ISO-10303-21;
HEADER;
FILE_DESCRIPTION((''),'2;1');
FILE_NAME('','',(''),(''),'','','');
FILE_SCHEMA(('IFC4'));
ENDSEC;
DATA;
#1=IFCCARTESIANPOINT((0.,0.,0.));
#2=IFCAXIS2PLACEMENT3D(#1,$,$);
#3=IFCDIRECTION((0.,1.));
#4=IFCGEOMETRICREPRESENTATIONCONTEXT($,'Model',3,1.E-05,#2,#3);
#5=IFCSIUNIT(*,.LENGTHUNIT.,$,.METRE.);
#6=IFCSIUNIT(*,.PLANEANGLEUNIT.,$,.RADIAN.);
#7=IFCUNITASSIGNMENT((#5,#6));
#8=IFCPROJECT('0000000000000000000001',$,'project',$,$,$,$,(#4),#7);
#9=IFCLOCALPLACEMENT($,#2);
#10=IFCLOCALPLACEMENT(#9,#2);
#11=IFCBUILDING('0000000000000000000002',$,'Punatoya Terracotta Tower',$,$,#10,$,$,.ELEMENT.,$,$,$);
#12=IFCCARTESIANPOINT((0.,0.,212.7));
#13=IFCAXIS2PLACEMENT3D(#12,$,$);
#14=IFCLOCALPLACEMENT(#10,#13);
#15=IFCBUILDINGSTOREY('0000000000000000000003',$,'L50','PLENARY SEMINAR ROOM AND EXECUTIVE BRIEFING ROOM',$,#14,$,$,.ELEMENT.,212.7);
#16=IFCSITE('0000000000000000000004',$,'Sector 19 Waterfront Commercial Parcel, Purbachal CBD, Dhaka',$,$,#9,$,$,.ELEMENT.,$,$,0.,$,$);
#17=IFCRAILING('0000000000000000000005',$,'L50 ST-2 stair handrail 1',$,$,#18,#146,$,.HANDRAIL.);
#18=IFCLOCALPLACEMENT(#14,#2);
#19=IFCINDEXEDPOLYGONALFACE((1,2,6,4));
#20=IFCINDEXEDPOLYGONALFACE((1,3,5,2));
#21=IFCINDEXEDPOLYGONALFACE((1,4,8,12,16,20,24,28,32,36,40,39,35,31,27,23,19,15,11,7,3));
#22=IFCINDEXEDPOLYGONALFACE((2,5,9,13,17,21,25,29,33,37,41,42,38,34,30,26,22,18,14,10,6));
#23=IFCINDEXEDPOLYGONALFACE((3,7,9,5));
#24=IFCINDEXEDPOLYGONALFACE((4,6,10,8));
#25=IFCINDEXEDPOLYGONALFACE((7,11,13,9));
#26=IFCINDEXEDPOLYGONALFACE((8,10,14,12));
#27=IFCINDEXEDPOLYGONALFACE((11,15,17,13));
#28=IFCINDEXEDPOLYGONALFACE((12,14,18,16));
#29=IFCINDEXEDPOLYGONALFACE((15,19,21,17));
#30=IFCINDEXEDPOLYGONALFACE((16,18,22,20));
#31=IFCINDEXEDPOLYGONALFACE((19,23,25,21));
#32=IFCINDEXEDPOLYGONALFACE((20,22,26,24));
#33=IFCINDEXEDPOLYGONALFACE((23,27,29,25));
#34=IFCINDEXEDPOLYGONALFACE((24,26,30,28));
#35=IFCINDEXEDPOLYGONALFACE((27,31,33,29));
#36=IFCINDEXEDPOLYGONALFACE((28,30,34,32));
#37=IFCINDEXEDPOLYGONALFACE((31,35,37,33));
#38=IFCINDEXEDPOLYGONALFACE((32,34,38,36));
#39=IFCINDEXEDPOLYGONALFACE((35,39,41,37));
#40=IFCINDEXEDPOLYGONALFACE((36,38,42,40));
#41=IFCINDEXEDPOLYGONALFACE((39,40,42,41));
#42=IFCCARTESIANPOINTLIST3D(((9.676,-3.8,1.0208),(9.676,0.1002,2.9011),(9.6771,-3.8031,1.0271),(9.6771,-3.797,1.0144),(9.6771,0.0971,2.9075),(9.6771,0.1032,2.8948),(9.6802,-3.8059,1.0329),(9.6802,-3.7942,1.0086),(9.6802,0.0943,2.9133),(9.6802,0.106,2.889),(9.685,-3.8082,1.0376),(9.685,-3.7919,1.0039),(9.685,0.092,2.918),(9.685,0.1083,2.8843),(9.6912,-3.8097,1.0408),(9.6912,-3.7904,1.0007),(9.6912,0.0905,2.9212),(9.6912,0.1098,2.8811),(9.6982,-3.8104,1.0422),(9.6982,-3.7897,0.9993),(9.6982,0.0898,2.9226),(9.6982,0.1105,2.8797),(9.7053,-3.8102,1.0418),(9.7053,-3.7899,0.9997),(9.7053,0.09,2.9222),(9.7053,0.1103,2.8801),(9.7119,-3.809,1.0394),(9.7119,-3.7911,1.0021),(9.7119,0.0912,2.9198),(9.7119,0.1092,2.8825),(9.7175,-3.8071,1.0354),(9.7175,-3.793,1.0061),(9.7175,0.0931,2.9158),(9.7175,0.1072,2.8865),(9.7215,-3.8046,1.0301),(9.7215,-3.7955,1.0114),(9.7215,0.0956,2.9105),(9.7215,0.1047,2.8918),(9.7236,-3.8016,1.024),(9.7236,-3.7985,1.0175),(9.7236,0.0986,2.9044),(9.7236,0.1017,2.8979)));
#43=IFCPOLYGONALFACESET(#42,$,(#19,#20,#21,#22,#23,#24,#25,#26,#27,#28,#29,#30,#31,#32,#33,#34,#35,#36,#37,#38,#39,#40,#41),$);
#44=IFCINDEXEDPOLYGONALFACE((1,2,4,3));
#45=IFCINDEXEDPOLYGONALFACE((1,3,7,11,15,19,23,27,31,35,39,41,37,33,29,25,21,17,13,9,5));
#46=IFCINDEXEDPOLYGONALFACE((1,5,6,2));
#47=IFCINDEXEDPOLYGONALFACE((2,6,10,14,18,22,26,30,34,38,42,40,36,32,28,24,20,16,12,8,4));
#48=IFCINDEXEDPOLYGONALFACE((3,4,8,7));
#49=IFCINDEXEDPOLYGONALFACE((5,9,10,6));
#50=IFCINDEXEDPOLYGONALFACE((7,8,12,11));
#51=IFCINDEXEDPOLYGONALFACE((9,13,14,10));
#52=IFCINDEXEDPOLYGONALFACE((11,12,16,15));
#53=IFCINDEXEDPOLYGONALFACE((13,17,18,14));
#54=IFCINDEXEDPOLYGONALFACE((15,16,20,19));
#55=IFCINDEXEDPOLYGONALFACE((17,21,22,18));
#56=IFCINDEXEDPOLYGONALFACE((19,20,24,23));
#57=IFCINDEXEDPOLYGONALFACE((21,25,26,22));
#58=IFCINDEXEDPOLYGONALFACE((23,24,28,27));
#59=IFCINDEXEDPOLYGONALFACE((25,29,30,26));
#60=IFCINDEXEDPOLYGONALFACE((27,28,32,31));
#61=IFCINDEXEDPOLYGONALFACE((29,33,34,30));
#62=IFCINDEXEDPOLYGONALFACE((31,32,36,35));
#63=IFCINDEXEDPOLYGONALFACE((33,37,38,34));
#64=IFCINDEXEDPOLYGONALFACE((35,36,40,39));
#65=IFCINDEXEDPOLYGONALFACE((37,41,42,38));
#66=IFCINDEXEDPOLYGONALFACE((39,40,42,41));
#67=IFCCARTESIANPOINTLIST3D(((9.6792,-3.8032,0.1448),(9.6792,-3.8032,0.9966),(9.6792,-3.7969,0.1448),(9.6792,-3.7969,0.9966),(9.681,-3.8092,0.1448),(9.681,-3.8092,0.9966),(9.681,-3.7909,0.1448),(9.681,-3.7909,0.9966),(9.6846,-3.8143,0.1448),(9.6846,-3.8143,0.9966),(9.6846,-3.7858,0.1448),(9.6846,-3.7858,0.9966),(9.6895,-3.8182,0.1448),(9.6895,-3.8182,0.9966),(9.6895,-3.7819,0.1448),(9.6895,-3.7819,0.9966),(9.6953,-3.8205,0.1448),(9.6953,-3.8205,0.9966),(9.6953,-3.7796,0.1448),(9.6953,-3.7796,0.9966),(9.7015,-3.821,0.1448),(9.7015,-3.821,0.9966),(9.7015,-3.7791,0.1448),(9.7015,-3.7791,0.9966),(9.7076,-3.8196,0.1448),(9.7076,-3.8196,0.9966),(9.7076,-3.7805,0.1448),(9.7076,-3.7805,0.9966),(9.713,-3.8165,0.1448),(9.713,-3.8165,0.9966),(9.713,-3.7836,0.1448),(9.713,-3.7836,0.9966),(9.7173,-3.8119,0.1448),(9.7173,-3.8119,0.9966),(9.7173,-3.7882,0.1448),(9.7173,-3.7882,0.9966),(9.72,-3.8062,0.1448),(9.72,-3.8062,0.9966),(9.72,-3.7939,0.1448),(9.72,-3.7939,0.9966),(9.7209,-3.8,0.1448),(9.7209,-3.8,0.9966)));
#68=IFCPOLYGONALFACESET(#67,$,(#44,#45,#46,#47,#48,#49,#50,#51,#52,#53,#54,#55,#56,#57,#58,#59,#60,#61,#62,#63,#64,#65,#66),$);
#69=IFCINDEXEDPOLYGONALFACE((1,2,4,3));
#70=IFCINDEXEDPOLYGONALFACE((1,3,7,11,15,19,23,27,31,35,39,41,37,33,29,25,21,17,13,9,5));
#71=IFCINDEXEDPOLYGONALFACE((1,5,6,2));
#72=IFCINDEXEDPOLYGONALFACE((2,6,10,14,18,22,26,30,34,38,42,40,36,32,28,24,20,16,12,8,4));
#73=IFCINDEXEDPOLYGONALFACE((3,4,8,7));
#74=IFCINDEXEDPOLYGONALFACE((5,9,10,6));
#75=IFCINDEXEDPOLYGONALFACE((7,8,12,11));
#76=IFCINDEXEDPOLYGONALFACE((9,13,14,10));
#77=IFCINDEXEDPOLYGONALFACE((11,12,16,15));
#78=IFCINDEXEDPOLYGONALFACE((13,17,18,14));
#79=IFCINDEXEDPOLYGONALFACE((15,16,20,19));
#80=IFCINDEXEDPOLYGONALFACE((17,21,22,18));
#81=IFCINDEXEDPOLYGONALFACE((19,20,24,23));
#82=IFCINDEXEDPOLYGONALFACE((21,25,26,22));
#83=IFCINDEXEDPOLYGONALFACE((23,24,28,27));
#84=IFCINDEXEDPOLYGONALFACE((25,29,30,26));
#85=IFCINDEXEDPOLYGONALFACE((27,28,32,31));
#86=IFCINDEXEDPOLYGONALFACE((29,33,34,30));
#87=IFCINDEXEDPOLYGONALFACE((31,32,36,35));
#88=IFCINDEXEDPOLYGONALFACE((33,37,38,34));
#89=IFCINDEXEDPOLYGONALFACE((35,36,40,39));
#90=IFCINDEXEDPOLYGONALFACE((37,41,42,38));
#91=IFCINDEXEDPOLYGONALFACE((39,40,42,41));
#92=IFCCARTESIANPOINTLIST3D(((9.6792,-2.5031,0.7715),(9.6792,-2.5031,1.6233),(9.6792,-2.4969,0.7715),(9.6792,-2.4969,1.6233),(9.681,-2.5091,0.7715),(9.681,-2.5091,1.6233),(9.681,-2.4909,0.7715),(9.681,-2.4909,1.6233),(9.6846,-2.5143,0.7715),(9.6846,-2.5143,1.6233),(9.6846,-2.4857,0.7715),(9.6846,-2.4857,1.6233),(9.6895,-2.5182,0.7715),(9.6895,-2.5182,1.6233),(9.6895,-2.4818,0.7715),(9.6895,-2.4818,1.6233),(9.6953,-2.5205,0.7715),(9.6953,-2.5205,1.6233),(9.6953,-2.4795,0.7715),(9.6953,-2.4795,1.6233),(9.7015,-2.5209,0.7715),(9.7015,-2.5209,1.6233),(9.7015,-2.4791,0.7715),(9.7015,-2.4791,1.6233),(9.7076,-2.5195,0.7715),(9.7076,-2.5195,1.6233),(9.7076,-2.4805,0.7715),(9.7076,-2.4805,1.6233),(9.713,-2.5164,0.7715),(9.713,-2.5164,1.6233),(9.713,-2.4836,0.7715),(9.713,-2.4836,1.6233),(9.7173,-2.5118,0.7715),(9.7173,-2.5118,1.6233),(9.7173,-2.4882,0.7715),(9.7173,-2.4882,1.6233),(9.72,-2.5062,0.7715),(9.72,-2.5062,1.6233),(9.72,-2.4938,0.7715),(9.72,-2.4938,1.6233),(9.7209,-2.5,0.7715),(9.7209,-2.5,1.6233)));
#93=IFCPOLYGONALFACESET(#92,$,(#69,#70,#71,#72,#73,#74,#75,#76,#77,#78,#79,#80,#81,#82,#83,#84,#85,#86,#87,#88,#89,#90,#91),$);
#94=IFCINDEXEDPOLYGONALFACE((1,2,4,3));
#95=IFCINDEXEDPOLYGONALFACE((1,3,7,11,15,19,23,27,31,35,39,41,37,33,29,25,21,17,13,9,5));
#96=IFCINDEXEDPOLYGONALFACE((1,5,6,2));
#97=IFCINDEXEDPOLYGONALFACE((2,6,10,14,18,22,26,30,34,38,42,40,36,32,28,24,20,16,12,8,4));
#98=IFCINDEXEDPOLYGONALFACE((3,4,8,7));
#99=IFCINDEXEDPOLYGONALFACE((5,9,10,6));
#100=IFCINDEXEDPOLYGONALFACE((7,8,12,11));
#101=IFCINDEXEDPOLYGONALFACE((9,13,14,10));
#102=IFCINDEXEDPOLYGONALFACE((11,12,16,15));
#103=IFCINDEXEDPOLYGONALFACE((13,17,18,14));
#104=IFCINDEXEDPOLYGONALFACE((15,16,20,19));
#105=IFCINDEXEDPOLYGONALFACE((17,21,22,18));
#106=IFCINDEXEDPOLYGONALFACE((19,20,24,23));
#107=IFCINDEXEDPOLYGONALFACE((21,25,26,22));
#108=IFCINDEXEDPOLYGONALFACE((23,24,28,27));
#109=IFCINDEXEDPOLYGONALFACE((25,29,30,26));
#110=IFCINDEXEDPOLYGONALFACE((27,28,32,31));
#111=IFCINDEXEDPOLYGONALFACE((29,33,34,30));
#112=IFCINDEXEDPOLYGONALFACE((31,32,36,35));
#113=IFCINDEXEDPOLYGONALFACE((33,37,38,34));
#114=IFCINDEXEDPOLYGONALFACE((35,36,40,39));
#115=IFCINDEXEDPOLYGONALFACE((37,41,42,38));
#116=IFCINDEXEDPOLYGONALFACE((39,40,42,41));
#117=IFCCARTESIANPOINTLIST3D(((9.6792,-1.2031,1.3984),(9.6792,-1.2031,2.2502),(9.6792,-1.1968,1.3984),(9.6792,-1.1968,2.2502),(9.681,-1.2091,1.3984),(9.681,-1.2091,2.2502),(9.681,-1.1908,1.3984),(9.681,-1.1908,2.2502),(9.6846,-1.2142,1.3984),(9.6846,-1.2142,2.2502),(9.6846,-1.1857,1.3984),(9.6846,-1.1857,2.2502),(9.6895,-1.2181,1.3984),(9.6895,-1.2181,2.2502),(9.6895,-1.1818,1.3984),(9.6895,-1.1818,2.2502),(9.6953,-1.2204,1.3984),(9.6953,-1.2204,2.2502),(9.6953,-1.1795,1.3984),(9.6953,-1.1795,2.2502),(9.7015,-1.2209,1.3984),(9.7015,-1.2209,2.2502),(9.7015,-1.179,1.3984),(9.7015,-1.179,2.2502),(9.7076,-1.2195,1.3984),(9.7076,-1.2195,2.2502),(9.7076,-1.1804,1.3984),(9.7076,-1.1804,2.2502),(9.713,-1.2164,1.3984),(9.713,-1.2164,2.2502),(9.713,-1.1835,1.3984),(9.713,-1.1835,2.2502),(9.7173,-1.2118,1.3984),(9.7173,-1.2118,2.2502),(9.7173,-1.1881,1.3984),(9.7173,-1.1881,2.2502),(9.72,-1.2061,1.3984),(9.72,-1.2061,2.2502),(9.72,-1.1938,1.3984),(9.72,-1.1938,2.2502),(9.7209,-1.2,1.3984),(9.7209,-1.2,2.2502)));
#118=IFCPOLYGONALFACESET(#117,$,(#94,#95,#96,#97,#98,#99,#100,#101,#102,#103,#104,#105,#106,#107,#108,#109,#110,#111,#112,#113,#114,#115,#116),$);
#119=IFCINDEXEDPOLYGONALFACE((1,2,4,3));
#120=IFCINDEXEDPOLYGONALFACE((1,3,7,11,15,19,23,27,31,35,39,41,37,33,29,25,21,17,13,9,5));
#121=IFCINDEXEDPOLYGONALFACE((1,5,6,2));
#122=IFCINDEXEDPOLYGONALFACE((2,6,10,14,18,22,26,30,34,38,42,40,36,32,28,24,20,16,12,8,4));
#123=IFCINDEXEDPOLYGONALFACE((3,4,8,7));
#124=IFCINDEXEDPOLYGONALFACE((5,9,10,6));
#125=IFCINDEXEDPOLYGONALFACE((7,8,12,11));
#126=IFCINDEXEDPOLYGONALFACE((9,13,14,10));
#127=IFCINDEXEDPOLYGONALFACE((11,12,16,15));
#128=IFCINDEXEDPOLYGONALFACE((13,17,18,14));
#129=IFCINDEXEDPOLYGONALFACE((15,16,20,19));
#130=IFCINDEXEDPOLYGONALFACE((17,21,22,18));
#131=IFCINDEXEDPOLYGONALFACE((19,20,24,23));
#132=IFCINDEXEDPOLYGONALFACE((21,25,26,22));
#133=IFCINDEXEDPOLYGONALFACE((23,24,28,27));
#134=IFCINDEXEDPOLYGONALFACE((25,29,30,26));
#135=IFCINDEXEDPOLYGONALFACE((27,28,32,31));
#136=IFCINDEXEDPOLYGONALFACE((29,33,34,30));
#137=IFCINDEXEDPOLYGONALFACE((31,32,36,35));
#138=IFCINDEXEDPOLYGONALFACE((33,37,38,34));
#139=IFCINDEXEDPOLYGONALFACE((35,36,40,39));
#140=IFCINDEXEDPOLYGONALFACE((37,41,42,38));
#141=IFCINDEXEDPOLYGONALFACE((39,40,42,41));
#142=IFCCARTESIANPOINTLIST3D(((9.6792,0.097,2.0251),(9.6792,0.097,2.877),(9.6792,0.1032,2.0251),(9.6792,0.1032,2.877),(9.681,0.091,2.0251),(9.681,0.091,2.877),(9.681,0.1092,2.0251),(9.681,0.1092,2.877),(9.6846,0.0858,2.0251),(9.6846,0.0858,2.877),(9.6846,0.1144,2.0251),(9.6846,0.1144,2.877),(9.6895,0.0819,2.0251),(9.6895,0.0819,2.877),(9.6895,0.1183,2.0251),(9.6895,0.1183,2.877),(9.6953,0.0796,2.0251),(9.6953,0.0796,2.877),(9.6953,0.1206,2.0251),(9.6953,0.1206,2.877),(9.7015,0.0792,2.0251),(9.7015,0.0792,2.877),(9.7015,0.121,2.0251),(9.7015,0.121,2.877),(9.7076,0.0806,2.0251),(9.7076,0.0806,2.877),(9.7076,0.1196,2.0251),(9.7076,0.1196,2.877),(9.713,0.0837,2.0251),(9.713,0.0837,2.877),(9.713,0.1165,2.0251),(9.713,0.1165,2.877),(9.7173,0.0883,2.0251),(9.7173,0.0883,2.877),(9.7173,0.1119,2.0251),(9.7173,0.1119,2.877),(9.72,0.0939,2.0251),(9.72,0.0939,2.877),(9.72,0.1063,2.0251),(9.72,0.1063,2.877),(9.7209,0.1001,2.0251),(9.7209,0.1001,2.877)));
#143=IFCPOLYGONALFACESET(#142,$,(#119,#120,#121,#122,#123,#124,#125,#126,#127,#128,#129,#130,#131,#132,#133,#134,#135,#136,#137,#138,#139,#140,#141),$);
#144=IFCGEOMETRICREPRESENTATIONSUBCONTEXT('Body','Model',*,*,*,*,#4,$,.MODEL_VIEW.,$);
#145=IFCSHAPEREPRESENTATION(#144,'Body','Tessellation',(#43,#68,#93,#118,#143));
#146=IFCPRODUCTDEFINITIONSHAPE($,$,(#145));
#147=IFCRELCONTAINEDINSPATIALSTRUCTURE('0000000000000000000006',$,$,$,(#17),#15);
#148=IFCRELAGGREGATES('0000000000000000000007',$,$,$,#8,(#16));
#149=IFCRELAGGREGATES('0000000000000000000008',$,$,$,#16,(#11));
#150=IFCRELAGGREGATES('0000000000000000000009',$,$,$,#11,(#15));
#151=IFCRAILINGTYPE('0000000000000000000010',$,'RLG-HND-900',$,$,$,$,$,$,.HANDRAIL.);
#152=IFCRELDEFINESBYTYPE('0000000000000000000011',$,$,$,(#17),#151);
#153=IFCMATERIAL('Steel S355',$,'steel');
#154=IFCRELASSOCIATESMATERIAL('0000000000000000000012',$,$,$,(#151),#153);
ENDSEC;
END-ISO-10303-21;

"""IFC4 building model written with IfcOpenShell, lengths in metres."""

from ifc_helpers import new_model, si_unit, direction, frame, origin, origin_2d, place, context, subcontext, project, spatial, circle, extrude, material, type_object, element, save


model = new_model("IFC4")

# Units and contexts
model_context = context("Model", 3, precision=1e-05, world=origin(), true_north=direction((0.0, 1.0)))
body_context = subcontext(model_context, "Body", "Model", "MODEL_VIEW")
ifc_project = project(units=[si_unit("LENGTHUNIT", "METRE"), si_unit("PLANEANGLEUNIT", "RADIAN")], contexts=[model_context])

# Site, building, storey
site_placement = place(None, origin())
site = spatial("IfcSite", under=ifc_project, at=site_placement, Name="Sector 19 Waterfront Commercial Parcel, Purbachal CBD, Dhaka", CompositionType="ELEMENT", RefElevation=0.0)
building_placement = place(site_placement, origin())
building = spatial("IfcBuilding", under=site, at=building_placement, Name="Punatoya Terracotta Tower", CompositionType="ELEMENT")
storey_placement = place(building_placement, frame((0.0, 0.0, 212.7)))
storey = spatial("IfcBuildingStorey", under=building, at=storey_placement, Name="L50", Description="PLENARY SEMINAR ROOM AND EXECUTIVE BRIEFING ROOM", CompositionType="ELEMENT", Elevation=212.7)

# Shared definitions
ifc_material_1 = material(Name="Steel S355", Category="steel")

# Railing
railing_type_1 = type_object("IfcRailingType", Name="RLG-HND-900", PredefinedType="HANDRAIL", material=ifc_material_1)
railing_1_placement = place(storey_placement, frame((9.7, -3.8, 0.1448)))
element("IfcRailing", 1, at=railing_1_placement, inside=storey, type_object=railing_type_1, Name="L50 ST-2 stair handrail 1", PredefinedType="HANDRAIL", context=body_context, shape_type="SweptSolid", body=[
    extrude(circle(Radius=0.0239, at=origin_2d()), frame((0.0, 0.0, 0.876), z_axis=(0.0, 0.900774, 0.434289), x_axis=(-1.0, 0.0, 0.0)), (0.0, 0.0, 1.0), 4.3298),
    extrude(circle(Radius=0.021, at=origin_2d()), origin(), (0.0, 0.0, 1.0), 0.8518),
    extrude(circle(Radius=0.021, at=origin_2d()), frame((0.0, 1.3, 0.6267)), (0.0, 0.0, 1.0), 0.8518),
    extrude(circle(Radius=0.021, at=origin_2d()), frame((0.0, 2.6001, 1.2537)), (0.0, 0.0, 1.0), 0.8518),
    extrude(circle(Radius=0.021, at=origin_2d()), frame((0.0, 3.9001, 1.8804)), (0.0, 0.0, 1.0), 0.8518),
])

save(model, "model.ifc")
